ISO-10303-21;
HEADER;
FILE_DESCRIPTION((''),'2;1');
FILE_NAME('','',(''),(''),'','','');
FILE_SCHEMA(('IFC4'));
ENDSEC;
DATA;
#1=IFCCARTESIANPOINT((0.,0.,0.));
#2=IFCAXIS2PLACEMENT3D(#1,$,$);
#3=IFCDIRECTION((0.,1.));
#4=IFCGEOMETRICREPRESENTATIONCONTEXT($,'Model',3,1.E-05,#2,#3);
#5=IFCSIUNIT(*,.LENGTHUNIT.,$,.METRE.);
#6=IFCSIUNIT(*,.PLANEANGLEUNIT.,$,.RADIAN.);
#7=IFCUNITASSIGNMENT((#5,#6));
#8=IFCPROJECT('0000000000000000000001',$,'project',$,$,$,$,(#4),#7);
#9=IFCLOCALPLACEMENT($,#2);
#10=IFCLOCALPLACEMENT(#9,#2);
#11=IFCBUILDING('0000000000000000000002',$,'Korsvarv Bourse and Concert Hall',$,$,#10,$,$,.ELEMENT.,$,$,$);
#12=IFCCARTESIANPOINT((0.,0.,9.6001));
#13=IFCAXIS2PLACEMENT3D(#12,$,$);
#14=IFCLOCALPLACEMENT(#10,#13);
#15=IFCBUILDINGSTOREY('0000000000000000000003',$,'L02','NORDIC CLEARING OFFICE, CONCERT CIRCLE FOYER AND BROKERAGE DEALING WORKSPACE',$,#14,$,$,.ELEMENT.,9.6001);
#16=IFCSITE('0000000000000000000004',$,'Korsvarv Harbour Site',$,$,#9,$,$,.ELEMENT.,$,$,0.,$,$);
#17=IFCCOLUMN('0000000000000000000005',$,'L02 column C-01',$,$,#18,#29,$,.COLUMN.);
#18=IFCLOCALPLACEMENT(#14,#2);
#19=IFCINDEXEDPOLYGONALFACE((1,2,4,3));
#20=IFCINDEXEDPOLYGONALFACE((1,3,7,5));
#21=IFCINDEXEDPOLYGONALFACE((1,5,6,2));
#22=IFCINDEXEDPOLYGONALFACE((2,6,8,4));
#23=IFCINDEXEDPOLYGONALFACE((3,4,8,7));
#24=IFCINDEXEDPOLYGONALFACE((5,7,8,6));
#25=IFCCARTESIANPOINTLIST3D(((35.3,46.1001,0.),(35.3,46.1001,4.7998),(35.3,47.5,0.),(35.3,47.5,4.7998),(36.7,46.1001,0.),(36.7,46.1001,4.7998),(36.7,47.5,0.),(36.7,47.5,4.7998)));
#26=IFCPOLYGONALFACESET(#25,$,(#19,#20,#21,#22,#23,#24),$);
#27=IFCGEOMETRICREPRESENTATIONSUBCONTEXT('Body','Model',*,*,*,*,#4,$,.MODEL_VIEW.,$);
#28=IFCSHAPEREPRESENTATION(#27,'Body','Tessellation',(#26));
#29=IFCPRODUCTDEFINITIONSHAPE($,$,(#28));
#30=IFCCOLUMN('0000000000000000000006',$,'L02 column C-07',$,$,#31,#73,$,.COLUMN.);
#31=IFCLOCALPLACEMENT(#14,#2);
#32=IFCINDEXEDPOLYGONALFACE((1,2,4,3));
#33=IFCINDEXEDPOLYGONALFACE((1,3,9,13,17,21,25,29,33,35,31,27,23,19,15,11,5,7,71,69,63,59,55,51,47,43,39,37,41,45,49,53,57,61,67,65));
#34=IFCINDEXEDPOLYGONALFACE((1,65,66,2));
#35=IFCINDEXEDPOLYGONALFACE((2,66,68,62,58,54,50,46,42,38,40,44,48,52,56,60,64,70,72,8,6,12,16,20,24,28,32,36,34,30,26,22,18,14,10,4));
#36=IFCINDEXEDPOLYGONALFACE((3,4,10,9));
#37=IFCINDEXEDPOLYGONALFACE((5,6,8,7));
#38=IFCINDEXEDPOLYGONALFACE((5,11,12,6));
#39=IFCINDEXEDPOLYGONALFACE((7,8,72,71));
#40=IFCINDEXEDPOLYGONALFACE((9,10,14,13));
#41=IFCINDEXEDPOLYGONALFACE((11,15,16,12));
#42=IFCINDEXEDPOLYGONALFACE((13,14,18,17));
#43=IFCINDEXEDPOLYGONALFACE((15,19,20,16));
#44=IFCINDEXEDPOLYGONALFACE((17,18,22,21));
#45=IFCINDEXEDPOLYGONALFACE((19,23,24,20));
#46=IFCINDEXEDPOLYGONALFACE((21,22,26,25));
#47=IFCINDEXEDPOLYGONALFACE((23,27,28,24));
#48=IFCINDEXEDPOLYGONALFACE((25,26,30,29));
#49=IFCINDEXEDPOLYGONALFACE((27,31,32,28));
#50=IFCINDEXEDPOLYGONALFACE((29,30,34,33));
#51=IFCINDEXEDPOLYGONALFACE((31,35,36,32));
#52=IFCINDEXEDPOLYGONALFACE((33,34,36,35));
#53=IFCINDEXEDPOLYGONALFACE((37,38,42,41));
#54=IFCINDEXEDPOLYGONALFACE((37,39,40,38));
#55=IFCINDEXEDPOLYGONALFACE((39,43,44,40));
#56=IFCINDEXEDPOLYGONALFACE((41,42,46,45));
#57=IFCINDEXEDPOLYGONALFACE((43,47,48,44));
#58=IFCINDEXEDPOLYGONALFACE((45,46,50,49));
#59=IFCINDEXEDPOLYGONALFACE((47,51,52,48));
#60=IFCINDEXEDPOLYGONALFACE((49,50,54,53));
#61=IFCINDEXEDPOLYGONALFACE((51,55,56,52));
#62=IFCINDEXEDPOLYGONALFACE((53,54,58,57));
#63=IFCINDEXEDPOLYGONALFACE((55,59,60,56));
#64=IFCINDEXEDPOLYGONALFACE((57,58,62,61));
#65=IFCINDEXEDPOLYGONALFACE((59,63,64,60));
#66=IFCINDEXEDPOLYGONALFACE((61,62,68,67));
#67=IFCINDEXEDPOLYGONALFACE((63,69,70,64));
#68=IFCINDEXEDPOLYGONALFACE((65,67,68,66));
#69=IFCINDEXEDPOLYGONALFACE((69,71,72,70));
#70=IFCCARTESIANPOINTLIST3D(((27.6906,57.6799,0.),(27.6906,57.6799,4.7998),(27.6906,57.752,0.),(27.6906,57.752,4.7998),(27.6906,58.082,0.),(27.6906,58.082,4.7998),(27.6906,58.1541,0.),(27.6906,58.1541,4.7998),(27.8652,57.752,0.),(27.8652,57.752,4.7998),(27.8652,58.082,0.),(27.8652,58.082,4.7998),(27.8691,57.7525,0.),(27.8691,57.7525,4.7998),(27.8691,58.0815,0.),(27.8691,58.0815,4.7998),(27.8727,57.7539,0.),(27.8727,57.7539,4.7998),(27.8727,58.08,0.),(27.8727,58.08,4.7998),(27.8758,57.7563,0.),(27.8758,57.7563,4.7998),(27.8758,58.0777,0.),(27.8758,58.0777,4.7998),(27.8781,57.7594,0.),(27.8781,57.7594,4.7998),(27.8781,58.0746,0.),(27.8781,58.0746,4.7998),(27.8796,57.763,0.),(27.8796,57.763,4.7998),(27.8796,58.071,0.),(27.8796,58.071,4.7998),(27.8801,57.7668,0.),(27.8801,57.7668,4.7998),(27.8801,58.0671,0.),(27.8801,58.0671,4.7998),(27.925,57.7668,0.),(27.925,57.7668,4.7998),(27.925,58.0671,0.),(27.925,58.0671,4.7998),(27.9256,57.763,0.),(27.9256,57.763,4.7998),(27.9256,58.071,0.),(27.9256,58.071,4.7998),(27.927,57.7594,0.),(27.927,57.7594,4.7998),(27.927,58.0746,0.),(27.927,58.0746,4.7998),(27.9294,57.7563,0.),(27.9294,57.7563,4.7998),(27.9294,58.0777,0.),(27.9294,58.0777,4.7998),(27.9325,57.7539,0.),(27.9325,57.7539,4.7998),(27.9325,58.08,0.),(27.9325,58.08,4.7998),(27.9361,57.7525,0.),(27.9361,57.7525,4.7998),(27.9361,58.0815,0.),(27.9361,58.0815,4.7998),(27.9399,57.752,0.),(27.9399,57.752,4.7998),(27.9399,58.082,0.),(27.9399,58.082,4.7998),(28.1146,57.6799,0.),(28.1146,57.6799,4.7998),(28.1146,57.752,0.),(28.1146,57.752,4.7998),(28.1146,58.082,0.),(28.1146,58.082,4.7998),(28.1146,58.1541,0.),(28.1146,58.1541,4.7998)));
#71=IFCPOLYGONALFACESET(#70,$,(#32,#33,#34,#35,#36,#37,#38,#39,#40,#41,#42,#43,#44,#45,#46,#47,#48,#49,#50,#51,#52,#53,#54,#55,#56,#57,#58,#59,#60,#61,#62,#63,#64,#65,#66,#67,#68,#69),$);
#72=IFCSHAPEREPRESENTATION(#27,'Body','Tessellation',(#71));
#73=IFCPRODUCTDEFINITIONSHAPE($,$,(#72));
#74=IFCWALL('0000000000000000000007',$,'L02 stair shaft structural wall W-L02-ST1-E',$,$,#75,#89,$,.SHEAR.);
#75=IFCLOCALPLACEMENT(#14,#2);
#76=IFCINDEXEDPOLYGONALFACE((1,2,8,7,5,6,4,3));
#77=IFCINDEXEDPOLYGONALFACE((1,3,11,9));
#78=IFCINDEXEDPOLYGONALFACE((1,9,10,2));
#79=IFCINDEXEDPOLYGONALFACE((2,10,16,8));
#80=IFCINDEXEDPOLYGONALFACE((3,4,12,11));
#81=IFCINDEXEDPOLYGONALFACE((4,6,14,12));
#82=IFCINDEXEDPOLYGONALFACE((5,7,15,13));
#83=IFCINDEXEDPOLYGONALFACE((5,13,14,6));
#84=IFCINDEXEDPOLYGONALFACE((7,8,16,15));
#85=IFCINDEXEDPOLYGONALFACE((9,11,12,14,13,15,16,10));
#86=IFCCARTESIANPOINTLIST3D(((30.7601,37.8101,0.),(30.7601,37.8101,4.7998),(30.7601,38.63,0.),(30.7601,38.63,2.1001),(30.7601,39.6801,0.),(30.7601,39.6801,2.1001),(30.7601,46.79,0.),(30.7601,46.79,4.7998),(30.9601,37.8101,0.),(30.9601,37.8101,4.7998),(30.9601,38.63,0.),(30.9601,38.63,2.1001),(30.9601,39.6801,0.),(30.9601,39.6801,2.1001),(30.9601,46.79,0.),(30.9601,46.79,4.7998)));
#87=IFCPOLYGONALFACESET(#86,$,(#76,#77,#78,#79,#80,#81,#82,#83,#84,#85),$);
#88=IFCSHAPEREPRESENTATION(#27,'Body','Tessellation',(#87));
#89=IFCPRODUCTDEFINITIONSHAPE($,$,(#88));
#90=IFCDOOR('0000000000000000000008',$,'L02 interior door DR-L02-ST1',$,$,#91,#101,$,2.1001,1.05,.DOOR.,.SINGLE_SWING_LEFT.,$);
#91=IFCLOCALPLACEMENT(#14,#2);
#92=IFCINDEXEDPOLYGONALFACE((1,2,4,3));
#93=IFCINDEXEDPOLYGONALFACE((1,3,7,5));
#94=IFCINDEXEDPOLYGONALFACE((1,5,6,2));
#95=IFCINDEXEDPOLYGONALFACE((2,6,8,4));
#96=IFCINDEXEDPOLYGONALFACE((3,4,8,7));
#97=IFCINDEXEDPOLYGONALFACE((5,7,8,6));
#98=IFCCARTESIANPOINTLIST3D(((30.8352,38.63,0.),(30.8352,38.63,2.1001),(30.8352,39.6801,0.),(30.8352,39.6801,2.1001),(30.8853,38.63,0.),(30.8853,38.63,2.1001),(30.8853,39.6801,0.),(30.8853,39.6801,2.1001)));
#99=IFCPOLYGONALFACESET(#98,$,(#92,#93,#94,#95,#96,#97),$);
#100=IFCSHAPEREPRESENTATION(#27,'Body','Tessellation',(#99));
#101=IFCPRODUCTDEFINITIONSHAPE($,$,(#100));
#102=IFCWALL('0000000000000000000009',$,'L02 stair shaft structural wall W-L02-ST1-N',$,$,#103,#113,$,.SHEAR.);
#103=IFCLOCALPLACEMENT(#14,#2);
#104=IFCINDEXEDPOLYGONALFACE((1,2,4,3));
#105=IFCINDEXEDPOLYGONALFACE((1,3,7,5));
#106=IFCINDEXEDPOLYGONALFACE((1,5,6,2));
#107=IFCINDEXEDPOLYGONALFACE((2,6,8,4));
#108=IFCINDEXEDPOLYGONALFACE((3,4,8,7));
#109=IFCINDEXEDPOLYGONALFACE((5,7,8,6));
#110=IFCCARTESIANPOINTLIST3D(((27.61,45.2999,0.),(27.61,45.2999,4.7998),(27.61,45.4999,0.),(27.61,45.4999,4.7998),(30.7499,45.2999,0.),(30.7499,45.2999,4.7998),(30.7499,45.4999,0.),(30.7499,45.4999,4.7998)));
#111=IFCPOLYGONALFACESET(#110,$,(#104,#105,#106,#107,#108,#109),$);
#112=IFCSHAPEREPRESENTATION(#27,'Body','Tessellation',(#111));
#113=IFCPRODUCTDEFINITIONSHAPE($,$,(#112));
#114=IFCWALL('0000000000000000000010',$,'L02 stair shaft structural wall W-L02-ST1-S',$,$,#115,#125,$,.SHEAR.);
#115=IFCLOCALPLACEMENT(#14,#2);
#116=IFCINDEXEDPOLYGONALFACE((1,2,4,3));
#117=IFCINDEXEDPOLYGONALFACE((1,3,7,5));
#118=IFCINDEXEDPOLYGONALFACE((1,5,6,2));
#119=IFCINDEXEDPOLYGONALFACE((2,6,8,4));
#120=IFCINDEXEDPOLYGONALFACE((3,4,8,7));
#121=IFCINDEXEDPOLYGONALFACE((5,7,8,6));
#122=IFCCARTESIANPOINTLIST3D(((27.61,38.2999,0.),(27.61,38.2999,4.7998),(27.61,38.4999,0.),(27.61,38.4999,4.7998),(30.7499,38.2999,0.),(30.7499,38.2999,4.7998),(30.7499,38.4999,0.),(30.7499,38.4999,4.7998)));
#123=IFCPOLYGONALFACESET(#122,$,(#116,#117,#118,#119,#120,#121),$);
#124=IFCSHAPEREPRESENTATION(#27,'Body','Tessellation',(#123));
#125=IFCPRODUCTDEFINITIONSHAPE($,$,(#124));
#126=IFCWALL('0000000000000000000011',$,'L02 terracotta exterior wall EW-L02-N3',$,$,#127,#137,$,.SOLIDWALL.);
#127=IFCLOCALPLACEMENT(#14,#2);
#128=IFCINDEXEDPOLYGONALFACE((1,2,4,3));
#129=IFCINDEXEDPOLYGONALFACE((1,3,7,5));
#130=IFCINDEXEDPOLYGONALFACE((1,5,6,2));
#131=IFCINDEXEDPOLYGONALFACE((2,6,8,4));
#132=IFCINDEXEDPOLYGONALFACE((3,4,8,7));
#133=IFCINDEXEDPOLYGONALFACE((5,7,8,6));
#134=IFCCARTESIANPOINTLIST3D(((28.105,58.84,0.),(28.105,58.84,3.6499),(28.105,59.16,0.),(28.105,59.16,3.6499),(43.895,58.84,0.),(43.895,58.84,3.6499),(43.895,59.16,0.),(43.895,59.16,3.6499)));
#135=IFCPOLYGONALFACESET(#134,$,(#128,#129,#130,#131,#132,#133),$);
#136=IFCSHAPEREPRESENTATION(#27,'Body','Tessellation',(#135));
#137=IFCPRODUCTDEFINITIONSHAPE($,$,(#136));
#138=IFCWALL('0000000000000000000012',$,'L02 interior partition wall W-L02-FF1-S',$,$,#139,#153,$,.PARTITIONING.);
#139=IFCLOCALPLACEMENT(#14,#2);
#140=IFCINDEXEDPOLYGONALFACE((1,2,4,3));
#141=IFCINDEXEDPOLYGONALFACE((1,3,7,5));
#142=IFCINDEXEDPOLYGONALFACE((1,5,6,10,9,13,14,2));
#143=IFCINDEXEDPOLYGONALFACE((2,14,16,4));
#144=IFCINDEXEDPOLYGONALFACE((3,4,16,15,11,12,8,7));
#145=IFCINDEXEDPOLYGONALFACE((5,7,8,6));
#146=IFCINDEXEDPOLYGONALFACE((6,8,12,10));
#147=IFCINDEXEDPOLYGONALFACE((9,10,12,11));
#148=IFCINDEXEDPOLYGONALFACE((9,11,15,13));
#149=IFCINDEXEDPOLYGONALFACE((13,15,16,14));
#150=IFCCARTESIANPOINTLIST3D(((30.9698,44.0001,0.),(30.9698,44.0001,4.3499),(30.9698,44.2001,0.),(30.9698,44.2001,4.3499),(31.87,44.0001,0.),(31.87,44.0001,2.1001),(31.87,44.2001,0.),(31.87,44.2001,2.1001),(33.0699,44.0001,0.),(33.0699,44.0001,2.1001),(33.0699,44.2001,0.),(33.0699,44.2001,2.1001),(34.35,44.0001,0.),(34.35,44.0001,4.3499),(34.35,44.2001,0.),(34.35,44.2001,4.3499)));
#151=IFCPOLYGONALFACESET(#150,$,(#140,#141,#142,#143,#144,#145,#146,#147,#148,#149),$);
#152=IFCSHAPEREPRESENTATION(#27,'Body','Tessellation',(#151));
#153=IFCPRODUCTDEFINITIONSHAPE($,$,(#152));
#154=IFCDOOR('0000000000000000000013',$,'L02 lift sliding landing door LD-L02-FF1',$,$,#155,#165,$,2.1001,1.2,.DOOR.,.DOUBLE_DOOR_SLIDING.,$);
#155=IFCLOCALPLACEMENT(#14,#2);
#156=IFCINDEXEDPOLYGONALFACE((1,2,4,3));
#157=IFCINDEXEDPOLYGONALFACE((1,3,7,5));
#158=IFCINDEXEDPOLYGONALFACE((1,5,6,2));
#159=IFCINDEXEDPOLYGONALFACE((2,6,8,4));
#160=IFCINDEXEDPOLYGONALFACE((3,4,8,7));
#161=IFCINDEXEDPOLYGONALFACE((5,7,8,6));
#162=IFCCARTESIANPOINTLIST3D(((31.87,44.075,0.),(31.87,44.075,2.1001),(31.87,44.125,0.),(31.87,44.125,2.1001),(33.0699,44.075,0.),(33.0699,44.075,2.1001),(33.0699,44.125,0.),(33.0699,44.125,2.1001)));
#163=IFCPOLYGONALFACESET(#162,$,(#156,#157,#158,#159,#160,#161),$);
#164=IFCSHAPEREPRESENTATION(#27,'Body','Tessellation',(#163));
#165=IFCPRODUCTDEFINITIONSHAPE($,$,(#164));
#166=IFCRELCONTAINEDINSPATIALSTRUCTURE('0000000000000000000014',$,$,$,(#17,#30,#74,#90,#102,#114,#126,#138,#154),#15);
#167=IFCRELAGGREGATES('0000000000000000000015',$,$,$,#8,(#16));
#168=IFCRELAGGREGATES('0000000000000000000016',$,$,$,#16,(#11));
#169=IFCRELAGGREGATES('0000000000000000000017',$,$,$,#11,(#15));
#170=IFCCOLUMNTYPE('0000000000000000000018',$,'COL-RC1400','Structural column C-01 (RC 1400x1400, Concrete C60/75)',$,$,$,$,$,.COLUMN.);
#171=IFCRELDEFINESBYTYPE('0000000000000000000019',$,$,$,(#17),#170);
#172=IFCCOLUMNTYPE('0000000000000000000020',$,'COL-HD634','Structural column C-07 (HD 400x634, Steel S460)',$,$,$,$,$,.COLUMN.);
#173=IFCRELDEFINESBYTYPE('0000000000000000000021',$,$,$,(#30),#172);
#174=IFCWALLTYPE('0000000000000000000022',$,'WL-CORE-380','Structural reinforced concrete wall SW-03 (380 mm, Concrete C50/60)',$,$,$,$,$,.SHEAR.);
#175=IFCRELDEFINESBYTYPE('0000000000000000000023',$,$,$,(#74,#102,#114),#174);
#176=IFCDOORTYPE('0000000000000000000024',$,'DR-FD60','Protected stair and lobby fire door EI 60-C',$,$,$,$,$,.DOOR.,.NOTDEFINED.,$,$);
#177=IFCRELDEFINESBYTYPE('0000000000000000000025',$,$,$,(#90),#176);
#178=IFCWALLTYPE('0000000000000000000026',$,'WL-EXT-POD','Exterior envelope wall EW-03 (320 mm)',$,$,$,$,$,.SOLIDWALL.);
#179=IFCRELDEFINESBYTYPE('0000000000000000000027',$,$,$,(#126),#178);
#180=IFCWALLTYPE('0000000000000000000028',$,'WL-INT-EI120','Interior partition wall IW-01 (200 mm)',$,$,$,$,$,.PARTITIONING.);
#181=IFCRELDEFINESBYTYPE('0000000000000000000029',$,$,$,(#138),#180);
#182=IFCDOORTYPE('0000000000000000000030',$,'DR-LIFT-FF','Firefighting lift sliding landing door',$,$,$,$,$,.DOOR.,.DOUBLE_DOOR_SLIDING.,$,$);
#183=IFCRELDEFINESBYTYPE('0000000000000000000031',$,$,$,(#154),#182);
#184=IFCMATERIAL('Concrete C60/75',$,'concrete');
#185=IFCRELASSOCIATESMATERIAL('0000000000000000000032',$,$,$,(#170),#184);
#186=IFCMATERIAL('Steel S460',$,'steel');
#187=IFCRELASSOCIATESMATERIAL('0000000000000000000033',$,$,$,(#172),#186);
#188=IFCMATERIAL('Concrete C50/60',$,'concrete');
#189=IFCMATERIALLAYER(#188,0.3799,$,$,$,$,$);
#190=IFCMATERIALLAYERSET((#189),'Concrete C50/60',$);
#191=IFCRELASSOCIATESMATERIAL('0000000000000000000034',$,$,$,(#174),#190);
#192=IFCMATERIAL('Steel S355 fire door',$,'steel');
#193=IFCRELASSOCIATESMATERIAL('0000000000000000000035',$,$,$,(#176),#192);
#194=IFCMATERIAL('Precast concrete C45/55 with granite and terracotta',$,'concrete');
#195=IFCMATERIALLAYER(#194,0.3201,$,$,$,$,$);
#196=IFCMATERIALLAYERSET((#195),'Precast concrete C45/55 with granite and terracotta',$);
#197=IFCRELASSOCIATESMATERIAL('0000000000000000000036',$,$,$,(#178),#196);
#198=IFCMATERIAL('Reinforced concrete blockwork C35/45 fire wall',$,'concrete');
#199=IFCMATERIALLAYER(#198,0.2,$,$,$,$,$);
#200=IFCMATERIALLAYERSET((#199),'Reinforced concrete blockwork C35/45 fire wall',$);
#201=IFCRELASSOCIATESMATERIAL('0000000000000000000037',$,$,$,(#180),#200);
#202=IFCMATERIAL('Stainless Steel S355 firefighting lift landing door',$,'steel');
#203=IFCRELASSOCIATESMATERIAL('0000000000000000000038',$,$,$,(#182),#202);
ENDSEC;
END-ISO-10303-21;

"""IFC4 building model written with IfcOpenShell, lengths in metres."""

from ifc_helpers import new_model, si_unit, direction, frame, frame_2d, origin, origin_2d, place, context, subcontext, project, spatial, rectangle, i_section, extrude, source, transform, mapped, material, layer, layer_set, material_profile, profile_set, type_object, element, fill, save


model = new_model("IFC4")

# Units and contexts
model_context = context("Model", 3, precision=1e-05, world=origin(), true_north=direction((0.0, 1.0)))
body_context = subcontext(model_context, "Body", "Model", "MODEL_VIEW")
ifc_project = project(units=[si_unit("LENGTHUNIT", "METRE"), si_unit("PLANEANGLEUNIT", "RADIAN")], contexts=[model_context])

# Site, building, storey
site_placement = place(None, origin())
site = spatial("IfcSite", under=ifc_project, at=site_placement, Name="Korsvarv Harbour Site", CompositionType="ELEMENT", RefElevation=0.0)
building_placement = place(site_placement, origin())
building = spatial("IfcBuilding", under=site, at=building_placement, Name="Korsvarv Bourse and Concert Hall", CompositionType="ELEMENT")
storey_placement = place(building_placement, frame((0.0, 0.0, 9.6001)))
storey = spatial("IfcBuildingStorey", under=building, at=storey_placement, Name="L02", Description="NORDIC CLEARING OFFICE, CONCERT CIRCLE FOYER AND BROKERAGE DEALING WORKSPACE", CompositionType="ELEMENT", Elevation=9.6001)

# Columns
ifc_material_1 = material(Name="Concrete C60/75", Category="concrete")
ifc_material_profile_1 = material_profile(ifc_material_1, rectangle(XDim=1.3999, YDim=1.3999, at=origin_2d()), Name="RC 1400x1400")
ifc_profile_set_1 = profile_set([ifc_material_profile_1], Name="Concrete C60/75")
column_type_1 = type_object("IfcColumnType", Name="COL-RC1400", Description="Structural column C-01 (RC 1400x1400, Concrete C60/75)", PredefinedType="COLUMN", material=ifc_profile_set_1)
shared_shape_1 = source(origin(), body_context, "Body", "SweptSolid", [
    extrude(rectangle(XDim=1.3999, YDim=1.3999, at=origin_2d()), origin(), (0.0, 0.0, 1.0), 4.7998),
])
column_1_placement = place(storey_placement, frame((36.0, 46.8, 0.0), z_axis=(0.0, 0.0, 1.0), x_axis=(1.0, 0.0, 0.0)))
element("IfcColumn", 1, at=column_1_placement, inside=storey, type_object=column_type_1, Name="L02 column C-01", PredefinedType="COLUMN", context=body_context, shape_type="MappedRepresentation", body=[
    mapped(shared_shape_1, transform((0.0, 0.0, 0.0), scale=1.0)),
])
ifc_material_2 = material(Name="Steel S460", Category="steel")
ifc_material_profile_2 = material_profile(ifc_material_2, i_section(OverallWidth=0.4241, OverallDepth=0.4741, WebThickness=0.0449, FlangeThickness=0.072, FilletRadius=0.0149, at=origin_2d()), Name="HD 400x634")
ifc_profile_set_2 = profile_set([ifc_material_profile_2], Name="Steel S460")
column_type_2 = type_object("IfcColumnType", Name="COL-HD634", Description="Structural column C-07 (HD 400x634, Steel S460)", PredefinedType="COLUMN", material=ifc_profile_set_2)
shared_shape_2 = source(origin(), body_context, "Body", "SweptSolid", [
    extrude(i_section(OverallWidth=0.4241, OverallDepth=0.4741, WebThickness=0.0449, FlangeThickness=0.072, FilletRadius=0.0149, at=origin_2d()), origin(), (0.0, 0.0, 1.0), 4.7998),
])
column_2_placement = place(storey_placement, frame((27.9026, 57.917, 0.0), z_axis=(0.0, 0.0, 1.0), x_axis=(1.0, 0.0, 0.0)))
element("IfcColumn", 2, at=column_2_placement, inside=storey, type_object=column_type_2, Name="L02 column C-07", PredefinedType="COLUMN", context=body_context, shape_type="MappedRepresentation", body=[
    mapped(shared_shape_2, transform((0.0, 0.0, 0.0), scale=1.0)),
])

# Wall, opening, door
ifc_material_3 = material(Name="Concrete C50/60", Category="concrete")
ifc_layer_1 = layer(ifc_material_3, 0.3799)
ifc_layer_set_1 = layer_set([ifc_layer_1], Name="Concrete C50/60")
wall_type_1 = type_object("IfcWallType", Name="WL-CORE-380", Description="Structural reinforced concrete wall SW-03 (380 mm, Concrete C50/60)", PredefinedType="SHEAR", material=ifc_layer_set_1)
wall_1_placement = place(storey_placement, frame((30.8601, 37.8101, 0.0), z_axis=(0.0, 0.0, 1.0), x_axis=(0.0, 1.0, 0.0)))
wall_1 = element("IfcWall", 3, at=wall_1_placement, inside=storey, type_object=wall_type_1, Name="L02 stair shaft structural wall W-L02-ST1-E", PredefinedType="SHEAR", context=body_context, shape_type="SweptSolid", body=[
    extrude(rectangle(XDim=8.98, YDim=0.2, at=frame_2d((4.49, 0.0))), origin(), (0.0, 0.0, 1.0), 4.7998),
])
opening_1_placement = place(wall_1_placement, frame((0.8201, 0.0, 0.0)))
opening_1 = element("IfcOpeningElement", 4, at=opening_1_placement, cuts=wall_1, PredefinedType="OPENING", context=body_context, shape_type="SweptSolid", body=[
    extrude(rectangle(XDim=1.05, YDim=2.1001, at=frame_2d((0.5249, 1.05))), frame((0.0, 0.1099, 0.0), z_axis=(0.0, -1.0, 0.0), x_axis=(1.0, 0.0, 0.0)), (0.0, 0.0, 1.0), 0.22),
])
ifc_material_4 = material(Name="Steel S355 fire door", Category="steel")
door_type_1 = type_object("IfcDoorType", Name="DR-FD60", Description="Protected stair and lobby fire door EI 60-C", OperationType="NOTDEFINED", PredefinedType="DOOR", material=ifc_material_4)
door_1_placement = place(opening_1_placement, origin())
door_1 = element("IfcDoor", 5, at=door_1_placement, inside=storey, type_object=door_type_1, Name="L02 interior door DR-L02-ST1", OperationType="SINGLE_SWING_LEFT", OverallHeight=2.1001, OverallWidth=1.05, PredefinedType="DOOR", context=body_context, shape_type="SweptSolid", body=[
    extrude(rectangle(XDim=1.05, YDim=2.1001, at=frame_2d((0.5249, 1.05))), frame((0.0, 0.0249, 0.0), z_axis=(0.0, -1.0, 0.0), x_axis=(1.0, 0.0, 0.0)), (0.0, 0.0, 1.0), 0.05),
])
fill(opening_1, door_1)

# Walls
for number, where, z_axis, x_axis, name in (
    (6, (27.6101, 45.3999, 0.0), (0.0, 0.0, 1.0), (1.0, 0.0, 0.0), "L02 stair shaft structural wall W-L02-ST1-N"),
    (7, (27.6101, 38.3999, 0.0), (0.0, 0.0, 1.0), (1.0, 0.0, 0.0), "L02 stair shaft structural wall W-L02-ST1-S"),
):
    element("IfcWall", number, at=place(storey_placement, frame(where, z_axis=z_axis, x_axis=x_axis)), inside=storey, type_object=wall_type_1, Name=name, PredefinedType="SHEAR", context=body_context, shape_type="SweptSolid", body=[
        extrude(rectangle(XDim=3.1399, YDim=0.2, at=frame_2d((1.5698, 0.0))), origin(), (0.0, 0.0, 1.0), 4.7998),
    ])
ifc_material_5 = material(Name="Precast concrete C45/55 with granite and terracotta", Category="concrete")
ifc_layer_2 = layer(ifc_material_5, 0.3201)
ifc_layer_set_2 = layer_set([ifc_layer_2], Name="Precast concrete C45/55 with granite and terracotta")
wall_type_2 = type_object("IfcWallType", Name="WL-EXT-POD", Description="Exterior envelope wall EW-03 (320 mm)", PredefinedType="SOLIDWALL", material=ifc_layer_set_2)
wall_2_placement = place(storey_placement, frame((28.105, 59.0, 0.0), z_axis=(0.0, 0.0, 1.0), x_axis=(1.0, 0.0, 0.0)))
element("IfcWall", 8, at=wall_2_placement, inside=storey, type_object=wall_type_2, Name="L02 terracotta exterior wall EW-L02-N3", PredefinedType="SOLIDWALL", context=body_context, shape_type="SweptSolid", body=[
    extrude(rectangle(XDim=15.79, YDim=0.3201, at=frame_2d((7.895, 0.0))), origin(), (0.0, 0.0, 1.0), 3.6499),
])

# Wall, opening, door
ifc_material_6 = material(Name="Reinforced concrete blockwork C35/45 fire wall", Category="concrete")
ifc_layer_3 = layer(ifc_material_6, 0.2)
ifc_layer_set_3 = layer_set([ifc_layer_3], Name="Reinforced concrete blockwork C35/45 fire wall")
wall_type_3 = type_object("IfcWallType", Name="WL-INT-EI120", Description="Interior partition wall IW-01 (200 mm)", PredefinedType="PARTITIONING", material=ifc_layer_set_3)
wall_3_placement = place(storey_placement, frame((30.97, 44.1001, 0.0), z_axis=(0.0, 0.0, 1.0), x_axis=(1.0, 0.0, 0.0)))
wall_3 = element("IfcWall", 9, at=wall_3_placement, inside=storey, type_object=wall_type_3, Name="L02 interior partition wall W-L02-FF1-S", PredefinedType="PARTITIONING", context=body_context, shape_type="SweptSolid", body=[
    extrude(rectangle(XDim=3.3801, YDim=0.2, at=frame_2d((1.6899, 0.0))), origin(), (0.0, 0.0, 1.0), 4.3499),
])
opening_2_placement = place(wall_3_placement, frame((0.8999, 0.0, 0.0)))
opening_2 = element("IfcOpeningElement", 10, at=opening_2_placement, cuts=wall_3, PredefinedType="OPENING", context=body_context, shape_type="SweptSolid", body=[
    extrude(rectangle(XDim=1.2, YDim=2.1001, at=frame_2d((0.6001, 1.05))), frame((0.0, 0.1099, 0.0), z_axis=(0.0, -1.0, 0.0), x_axis=(1.0, 0.0, 0.0)), (0.0, 0.0, 1.0), 0.22),
])
ifc_material_7 = material(Name="Stainless Steel S355 firefighting lift landing door", Category="steel")
door_type_2 = type_object("IfcDoorType", Name="DR-LIFT-FF", Description="Firefighting lift sliding landing door", OperationType="DOUBLE_DOOR_SLIDING", PredefinedType="DOOR", material=ifc_material_7)
door_2_placement = place(opening_2_placement, origin())
door_2 = element("IfcDoor", 11, at=door_2_placement, inside=storey, type_object=door_type_2, Name="L02 lift sliding landing door LD-L02-FF1", OperationType="DOUBLE_DOOR_SLIDING", OverallHeight=2.1001, OverallWidth=1.2, PredefinedType="DOOR", context=body_context, shape_type="SweptSolid", body=[
    extrude(rectangle(XDim=1.2, YDim=2.1001, at=frame_2d((0.6001, 1.05))), frame((0.0, 0.0249, 0.0), z_axis=(0.0, -1.0, 0.0), x_axis=(1.0, 0.0, 0.0)), (0.0, 0.0, 1.0), 0.05),
])
fill(opening_2, door_2)

save(model, "model.ifc")
